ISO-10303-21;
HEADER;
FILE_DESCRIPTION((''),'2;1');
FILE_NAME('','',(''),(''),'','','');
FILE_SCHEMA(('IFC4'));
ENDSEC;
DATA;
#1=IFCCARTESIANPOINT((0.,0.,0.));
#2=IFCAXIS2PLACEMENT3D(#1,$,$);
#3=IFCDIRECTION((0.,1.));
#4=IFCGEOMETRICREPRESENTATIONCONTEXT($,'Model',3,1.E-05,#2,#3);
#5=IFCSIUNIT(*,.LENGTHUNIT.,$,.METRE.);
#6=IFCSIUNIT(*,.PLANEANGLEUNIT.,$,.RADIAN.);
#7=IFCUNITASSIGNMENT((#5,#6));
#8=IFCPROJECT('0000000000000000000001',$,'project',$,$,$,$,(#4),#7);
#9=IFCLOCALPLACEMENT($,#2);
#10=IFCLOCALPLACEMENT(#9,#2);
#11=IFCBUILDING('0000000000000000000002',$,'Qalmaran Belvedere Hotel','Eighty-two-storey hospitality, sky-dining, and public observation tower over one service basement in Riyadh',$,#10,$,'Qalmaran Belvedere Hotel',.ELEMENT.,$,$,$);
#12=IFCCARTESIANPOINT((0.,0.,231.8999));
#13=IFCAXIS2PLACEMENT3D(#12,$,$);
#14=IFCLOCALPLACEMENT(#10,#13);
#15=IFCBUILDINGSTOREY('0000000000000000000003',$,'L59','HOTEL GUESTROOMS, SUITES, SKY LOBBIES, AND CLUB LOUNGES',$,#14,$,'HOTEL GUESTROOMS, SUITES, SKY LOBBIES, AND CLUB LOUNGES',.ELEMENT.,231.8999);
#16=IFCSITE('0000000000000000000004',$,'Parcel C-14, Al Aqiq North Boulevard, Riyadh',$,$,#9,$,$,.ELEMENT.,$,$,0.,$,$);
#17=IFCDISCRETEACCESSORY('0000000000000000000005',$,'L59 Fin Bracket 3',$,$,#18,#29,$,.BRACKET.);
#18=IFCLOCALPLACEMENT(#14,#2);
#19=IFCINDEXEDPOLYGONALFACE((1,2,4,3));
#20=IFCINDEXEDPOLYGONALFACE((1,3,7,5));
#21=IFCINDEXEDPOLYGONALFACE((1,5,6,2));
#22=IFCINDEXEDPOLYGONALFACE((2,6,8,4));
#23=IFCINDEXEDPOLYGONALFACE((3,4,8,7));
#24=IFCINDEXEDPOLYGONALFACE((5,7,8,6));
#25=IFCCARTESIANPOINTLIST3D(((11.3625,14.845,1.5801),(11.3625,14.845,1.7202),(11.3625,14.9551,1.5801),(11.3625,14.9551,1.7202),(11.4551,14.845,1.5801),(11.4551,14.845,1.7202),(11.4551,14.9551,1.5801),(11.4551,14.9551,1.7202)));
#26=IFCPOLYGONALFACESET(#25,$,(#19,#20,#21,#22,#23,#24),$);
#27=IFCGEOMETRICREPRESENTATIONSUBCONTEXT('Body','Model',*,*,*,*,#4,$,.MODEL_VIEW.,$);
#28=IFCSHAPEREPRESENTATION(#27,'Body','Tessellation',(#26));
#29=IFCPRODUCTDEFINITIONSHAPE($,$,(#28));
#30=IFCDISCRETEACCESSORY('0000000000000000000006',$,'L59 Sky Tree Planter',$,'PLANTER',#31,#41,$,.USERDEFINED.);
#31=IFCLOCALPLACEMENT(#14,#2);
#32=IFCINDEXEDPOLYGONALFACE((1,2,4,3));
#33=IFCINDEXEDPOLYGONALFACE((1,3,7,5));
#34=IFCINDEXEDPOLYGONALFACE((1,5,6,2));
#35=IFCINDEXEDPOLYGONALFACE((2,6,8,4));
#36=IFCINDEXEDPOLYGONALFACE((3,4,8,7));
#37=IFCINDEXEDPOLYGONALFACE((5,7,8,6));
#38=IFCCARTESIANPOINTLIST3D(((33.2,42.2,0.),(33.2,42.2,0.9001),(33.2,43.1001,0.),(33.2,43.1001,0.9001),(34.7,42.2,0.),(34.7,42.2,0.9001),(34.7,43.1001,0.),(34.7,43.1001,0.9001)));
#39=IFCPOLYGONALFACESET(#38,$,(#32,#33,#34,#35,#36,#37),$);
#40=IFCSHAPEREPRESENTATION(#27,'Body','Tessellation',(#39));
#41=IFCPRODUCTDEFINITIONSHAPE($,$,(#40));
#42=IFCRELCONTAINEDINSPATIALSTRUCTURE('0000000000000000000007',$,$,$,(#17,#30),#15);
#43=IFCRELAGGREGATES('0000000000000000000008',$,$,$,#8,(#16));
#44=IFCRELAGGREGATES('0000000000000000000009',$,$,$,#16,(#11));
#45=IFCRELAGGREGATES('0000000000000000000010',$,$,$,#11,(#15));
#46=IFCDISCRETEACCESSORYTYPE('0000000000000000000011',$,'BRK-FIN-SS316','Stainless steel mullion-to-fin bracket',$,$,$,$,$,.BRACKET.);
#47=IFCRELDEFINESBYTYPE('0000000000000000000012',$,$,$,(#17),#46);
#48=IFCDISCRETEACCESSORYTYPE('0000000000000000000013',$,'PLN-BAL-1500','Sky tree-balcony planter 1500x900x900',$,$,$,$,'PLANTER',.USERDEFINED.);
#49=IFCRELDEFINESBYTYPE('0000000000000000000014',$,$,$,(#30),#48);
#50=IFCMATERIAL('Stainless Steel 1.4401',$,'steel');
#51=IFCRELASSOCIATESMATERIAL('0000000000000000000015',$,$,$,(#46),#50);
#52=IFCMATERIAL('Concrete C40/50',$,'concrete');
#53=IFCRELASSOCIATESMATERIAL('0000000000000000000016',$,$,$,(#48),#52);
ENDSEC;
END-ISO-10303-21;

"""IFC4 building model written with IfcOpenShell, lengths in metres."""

from ifc_helpers import new_model, si_unit, direction, frame, origin, place, context, subcontext, project, spatial, polyline, outline, extrude, material, type_object, element, save


model = new_model("IFC4")

# Units and contexts
model_context = context("Model", 3, precision=1e-05, world=origin(), true_north=direction((0.0, 1.0)))
body_context = subcontext(model_context, "Body", "Model", "MODEL_VIEW")
ifc_project = project(units=[si_unit("LENGTHUNIT", "METRE"), si_unit("PLANEANGLEUNIT", "RADIAN")], contexts=[model_context])

# Site, building, storey
site_placement = place(None, origin())
site = spatial("IfcSite", under=ifc_project, at=site_placement, Name="Parcel C-14, Al Aqiq North Boulevard, Riyadh", CompositionType="ELEMENT", RefElevation=0.0)
building_placement = place(site_placement, origin())
building = spatial("IfcBuilding", under=site, at=building_placement, Name="Qalmaran Belvedere Hotel", Description="Eighty-two-storey hospitality, sky-dining, and public observation tower over one service basement in Riyadh", LongName="Qalmaran Belvedere Hotel", CompositionType="ELEMENT")
storey_placement = place(building_placement, frame((0.0, 0.0, 231.8999)))
storey = spatial("IfcBuildingStorey", under=building, at=storey_placement, Name="L59", Description="HOTEL GUESTROOMS, SUITES, SKY LOBBIES, AND CLUB LOUNGES", LongName="HOTEL GUESTROOMS, SUITES, SKY LOBBIES, AND CLUB LOUNGES", CompositionType="ELEMENT", Elevation=231.8999)

# Shared definitions
ifc_material_1 = material(Name="Concrete C40/50", Category="concrete")

# Discrete accessories
ifc_material_2 = material(Name="Stainless Steel 1.4401", Category="steel")
discrete_accessory_type_1 = type_object("IfcDiscreteAccessoryType", Name="BRK-FIN-SS316", Description="Stainless steel mullion-to-fin bracket", PredefinedType="BRACKET", material=ifc_material_2)
discrete_accessory_1_placement = place(storey_placement, frame((0.0, 0.0, 1.5801)))
element("IfcDiscreteAccessory", 1, at=discrete_accessory_1_placement, inside=storey, type_object=discrete_accessory_type_1, Name="L59 Fin Bracket 3", PredefinedType="BRACKET", context=body_context, shape_type="SweptSolid", body=[
    extrude(outline(polyline([(11.4551, 14.9551), (11.3625, 14.9551), (11.3625, 14.845), (11.4551, 14.845), (11.4551, 14.9551)])), origin(), (0.0, 0.0, 1.0), 0.1401),
])
discrete_accessory_type_2 = type_object("IfcDiscreteAccessoryType", Name="PLN-BAL-1500", Description="Sky tree-balcony planter 1500x900x900", ElementType="PLANTER", PredefinedType="USERDEFINED", material=ifc_material_1)
discrete_accessory_2_placement = place(storey_placement, origin())
element("IfcDiscreteAccessory", 2, at=discrete_accessory_2_placement, inside=storey, type_object=discrete_accessory_type_2, Name="L59 Sky Tree Planter", ObjectType="PLANTER", PredefinedType="USERDEFINED", context=body_context, shape_type="SweptSolid", body=[
    extrude(outline(polyline([(33.2, 42.2), (34.7, 42.2), (34.7, 43.1001), (33.2, 43.1001), (33.2, 42.2)])), origin(), (0.0, 0.0, 1.0), 0.9001),
])

save(model, "model.ifc")
